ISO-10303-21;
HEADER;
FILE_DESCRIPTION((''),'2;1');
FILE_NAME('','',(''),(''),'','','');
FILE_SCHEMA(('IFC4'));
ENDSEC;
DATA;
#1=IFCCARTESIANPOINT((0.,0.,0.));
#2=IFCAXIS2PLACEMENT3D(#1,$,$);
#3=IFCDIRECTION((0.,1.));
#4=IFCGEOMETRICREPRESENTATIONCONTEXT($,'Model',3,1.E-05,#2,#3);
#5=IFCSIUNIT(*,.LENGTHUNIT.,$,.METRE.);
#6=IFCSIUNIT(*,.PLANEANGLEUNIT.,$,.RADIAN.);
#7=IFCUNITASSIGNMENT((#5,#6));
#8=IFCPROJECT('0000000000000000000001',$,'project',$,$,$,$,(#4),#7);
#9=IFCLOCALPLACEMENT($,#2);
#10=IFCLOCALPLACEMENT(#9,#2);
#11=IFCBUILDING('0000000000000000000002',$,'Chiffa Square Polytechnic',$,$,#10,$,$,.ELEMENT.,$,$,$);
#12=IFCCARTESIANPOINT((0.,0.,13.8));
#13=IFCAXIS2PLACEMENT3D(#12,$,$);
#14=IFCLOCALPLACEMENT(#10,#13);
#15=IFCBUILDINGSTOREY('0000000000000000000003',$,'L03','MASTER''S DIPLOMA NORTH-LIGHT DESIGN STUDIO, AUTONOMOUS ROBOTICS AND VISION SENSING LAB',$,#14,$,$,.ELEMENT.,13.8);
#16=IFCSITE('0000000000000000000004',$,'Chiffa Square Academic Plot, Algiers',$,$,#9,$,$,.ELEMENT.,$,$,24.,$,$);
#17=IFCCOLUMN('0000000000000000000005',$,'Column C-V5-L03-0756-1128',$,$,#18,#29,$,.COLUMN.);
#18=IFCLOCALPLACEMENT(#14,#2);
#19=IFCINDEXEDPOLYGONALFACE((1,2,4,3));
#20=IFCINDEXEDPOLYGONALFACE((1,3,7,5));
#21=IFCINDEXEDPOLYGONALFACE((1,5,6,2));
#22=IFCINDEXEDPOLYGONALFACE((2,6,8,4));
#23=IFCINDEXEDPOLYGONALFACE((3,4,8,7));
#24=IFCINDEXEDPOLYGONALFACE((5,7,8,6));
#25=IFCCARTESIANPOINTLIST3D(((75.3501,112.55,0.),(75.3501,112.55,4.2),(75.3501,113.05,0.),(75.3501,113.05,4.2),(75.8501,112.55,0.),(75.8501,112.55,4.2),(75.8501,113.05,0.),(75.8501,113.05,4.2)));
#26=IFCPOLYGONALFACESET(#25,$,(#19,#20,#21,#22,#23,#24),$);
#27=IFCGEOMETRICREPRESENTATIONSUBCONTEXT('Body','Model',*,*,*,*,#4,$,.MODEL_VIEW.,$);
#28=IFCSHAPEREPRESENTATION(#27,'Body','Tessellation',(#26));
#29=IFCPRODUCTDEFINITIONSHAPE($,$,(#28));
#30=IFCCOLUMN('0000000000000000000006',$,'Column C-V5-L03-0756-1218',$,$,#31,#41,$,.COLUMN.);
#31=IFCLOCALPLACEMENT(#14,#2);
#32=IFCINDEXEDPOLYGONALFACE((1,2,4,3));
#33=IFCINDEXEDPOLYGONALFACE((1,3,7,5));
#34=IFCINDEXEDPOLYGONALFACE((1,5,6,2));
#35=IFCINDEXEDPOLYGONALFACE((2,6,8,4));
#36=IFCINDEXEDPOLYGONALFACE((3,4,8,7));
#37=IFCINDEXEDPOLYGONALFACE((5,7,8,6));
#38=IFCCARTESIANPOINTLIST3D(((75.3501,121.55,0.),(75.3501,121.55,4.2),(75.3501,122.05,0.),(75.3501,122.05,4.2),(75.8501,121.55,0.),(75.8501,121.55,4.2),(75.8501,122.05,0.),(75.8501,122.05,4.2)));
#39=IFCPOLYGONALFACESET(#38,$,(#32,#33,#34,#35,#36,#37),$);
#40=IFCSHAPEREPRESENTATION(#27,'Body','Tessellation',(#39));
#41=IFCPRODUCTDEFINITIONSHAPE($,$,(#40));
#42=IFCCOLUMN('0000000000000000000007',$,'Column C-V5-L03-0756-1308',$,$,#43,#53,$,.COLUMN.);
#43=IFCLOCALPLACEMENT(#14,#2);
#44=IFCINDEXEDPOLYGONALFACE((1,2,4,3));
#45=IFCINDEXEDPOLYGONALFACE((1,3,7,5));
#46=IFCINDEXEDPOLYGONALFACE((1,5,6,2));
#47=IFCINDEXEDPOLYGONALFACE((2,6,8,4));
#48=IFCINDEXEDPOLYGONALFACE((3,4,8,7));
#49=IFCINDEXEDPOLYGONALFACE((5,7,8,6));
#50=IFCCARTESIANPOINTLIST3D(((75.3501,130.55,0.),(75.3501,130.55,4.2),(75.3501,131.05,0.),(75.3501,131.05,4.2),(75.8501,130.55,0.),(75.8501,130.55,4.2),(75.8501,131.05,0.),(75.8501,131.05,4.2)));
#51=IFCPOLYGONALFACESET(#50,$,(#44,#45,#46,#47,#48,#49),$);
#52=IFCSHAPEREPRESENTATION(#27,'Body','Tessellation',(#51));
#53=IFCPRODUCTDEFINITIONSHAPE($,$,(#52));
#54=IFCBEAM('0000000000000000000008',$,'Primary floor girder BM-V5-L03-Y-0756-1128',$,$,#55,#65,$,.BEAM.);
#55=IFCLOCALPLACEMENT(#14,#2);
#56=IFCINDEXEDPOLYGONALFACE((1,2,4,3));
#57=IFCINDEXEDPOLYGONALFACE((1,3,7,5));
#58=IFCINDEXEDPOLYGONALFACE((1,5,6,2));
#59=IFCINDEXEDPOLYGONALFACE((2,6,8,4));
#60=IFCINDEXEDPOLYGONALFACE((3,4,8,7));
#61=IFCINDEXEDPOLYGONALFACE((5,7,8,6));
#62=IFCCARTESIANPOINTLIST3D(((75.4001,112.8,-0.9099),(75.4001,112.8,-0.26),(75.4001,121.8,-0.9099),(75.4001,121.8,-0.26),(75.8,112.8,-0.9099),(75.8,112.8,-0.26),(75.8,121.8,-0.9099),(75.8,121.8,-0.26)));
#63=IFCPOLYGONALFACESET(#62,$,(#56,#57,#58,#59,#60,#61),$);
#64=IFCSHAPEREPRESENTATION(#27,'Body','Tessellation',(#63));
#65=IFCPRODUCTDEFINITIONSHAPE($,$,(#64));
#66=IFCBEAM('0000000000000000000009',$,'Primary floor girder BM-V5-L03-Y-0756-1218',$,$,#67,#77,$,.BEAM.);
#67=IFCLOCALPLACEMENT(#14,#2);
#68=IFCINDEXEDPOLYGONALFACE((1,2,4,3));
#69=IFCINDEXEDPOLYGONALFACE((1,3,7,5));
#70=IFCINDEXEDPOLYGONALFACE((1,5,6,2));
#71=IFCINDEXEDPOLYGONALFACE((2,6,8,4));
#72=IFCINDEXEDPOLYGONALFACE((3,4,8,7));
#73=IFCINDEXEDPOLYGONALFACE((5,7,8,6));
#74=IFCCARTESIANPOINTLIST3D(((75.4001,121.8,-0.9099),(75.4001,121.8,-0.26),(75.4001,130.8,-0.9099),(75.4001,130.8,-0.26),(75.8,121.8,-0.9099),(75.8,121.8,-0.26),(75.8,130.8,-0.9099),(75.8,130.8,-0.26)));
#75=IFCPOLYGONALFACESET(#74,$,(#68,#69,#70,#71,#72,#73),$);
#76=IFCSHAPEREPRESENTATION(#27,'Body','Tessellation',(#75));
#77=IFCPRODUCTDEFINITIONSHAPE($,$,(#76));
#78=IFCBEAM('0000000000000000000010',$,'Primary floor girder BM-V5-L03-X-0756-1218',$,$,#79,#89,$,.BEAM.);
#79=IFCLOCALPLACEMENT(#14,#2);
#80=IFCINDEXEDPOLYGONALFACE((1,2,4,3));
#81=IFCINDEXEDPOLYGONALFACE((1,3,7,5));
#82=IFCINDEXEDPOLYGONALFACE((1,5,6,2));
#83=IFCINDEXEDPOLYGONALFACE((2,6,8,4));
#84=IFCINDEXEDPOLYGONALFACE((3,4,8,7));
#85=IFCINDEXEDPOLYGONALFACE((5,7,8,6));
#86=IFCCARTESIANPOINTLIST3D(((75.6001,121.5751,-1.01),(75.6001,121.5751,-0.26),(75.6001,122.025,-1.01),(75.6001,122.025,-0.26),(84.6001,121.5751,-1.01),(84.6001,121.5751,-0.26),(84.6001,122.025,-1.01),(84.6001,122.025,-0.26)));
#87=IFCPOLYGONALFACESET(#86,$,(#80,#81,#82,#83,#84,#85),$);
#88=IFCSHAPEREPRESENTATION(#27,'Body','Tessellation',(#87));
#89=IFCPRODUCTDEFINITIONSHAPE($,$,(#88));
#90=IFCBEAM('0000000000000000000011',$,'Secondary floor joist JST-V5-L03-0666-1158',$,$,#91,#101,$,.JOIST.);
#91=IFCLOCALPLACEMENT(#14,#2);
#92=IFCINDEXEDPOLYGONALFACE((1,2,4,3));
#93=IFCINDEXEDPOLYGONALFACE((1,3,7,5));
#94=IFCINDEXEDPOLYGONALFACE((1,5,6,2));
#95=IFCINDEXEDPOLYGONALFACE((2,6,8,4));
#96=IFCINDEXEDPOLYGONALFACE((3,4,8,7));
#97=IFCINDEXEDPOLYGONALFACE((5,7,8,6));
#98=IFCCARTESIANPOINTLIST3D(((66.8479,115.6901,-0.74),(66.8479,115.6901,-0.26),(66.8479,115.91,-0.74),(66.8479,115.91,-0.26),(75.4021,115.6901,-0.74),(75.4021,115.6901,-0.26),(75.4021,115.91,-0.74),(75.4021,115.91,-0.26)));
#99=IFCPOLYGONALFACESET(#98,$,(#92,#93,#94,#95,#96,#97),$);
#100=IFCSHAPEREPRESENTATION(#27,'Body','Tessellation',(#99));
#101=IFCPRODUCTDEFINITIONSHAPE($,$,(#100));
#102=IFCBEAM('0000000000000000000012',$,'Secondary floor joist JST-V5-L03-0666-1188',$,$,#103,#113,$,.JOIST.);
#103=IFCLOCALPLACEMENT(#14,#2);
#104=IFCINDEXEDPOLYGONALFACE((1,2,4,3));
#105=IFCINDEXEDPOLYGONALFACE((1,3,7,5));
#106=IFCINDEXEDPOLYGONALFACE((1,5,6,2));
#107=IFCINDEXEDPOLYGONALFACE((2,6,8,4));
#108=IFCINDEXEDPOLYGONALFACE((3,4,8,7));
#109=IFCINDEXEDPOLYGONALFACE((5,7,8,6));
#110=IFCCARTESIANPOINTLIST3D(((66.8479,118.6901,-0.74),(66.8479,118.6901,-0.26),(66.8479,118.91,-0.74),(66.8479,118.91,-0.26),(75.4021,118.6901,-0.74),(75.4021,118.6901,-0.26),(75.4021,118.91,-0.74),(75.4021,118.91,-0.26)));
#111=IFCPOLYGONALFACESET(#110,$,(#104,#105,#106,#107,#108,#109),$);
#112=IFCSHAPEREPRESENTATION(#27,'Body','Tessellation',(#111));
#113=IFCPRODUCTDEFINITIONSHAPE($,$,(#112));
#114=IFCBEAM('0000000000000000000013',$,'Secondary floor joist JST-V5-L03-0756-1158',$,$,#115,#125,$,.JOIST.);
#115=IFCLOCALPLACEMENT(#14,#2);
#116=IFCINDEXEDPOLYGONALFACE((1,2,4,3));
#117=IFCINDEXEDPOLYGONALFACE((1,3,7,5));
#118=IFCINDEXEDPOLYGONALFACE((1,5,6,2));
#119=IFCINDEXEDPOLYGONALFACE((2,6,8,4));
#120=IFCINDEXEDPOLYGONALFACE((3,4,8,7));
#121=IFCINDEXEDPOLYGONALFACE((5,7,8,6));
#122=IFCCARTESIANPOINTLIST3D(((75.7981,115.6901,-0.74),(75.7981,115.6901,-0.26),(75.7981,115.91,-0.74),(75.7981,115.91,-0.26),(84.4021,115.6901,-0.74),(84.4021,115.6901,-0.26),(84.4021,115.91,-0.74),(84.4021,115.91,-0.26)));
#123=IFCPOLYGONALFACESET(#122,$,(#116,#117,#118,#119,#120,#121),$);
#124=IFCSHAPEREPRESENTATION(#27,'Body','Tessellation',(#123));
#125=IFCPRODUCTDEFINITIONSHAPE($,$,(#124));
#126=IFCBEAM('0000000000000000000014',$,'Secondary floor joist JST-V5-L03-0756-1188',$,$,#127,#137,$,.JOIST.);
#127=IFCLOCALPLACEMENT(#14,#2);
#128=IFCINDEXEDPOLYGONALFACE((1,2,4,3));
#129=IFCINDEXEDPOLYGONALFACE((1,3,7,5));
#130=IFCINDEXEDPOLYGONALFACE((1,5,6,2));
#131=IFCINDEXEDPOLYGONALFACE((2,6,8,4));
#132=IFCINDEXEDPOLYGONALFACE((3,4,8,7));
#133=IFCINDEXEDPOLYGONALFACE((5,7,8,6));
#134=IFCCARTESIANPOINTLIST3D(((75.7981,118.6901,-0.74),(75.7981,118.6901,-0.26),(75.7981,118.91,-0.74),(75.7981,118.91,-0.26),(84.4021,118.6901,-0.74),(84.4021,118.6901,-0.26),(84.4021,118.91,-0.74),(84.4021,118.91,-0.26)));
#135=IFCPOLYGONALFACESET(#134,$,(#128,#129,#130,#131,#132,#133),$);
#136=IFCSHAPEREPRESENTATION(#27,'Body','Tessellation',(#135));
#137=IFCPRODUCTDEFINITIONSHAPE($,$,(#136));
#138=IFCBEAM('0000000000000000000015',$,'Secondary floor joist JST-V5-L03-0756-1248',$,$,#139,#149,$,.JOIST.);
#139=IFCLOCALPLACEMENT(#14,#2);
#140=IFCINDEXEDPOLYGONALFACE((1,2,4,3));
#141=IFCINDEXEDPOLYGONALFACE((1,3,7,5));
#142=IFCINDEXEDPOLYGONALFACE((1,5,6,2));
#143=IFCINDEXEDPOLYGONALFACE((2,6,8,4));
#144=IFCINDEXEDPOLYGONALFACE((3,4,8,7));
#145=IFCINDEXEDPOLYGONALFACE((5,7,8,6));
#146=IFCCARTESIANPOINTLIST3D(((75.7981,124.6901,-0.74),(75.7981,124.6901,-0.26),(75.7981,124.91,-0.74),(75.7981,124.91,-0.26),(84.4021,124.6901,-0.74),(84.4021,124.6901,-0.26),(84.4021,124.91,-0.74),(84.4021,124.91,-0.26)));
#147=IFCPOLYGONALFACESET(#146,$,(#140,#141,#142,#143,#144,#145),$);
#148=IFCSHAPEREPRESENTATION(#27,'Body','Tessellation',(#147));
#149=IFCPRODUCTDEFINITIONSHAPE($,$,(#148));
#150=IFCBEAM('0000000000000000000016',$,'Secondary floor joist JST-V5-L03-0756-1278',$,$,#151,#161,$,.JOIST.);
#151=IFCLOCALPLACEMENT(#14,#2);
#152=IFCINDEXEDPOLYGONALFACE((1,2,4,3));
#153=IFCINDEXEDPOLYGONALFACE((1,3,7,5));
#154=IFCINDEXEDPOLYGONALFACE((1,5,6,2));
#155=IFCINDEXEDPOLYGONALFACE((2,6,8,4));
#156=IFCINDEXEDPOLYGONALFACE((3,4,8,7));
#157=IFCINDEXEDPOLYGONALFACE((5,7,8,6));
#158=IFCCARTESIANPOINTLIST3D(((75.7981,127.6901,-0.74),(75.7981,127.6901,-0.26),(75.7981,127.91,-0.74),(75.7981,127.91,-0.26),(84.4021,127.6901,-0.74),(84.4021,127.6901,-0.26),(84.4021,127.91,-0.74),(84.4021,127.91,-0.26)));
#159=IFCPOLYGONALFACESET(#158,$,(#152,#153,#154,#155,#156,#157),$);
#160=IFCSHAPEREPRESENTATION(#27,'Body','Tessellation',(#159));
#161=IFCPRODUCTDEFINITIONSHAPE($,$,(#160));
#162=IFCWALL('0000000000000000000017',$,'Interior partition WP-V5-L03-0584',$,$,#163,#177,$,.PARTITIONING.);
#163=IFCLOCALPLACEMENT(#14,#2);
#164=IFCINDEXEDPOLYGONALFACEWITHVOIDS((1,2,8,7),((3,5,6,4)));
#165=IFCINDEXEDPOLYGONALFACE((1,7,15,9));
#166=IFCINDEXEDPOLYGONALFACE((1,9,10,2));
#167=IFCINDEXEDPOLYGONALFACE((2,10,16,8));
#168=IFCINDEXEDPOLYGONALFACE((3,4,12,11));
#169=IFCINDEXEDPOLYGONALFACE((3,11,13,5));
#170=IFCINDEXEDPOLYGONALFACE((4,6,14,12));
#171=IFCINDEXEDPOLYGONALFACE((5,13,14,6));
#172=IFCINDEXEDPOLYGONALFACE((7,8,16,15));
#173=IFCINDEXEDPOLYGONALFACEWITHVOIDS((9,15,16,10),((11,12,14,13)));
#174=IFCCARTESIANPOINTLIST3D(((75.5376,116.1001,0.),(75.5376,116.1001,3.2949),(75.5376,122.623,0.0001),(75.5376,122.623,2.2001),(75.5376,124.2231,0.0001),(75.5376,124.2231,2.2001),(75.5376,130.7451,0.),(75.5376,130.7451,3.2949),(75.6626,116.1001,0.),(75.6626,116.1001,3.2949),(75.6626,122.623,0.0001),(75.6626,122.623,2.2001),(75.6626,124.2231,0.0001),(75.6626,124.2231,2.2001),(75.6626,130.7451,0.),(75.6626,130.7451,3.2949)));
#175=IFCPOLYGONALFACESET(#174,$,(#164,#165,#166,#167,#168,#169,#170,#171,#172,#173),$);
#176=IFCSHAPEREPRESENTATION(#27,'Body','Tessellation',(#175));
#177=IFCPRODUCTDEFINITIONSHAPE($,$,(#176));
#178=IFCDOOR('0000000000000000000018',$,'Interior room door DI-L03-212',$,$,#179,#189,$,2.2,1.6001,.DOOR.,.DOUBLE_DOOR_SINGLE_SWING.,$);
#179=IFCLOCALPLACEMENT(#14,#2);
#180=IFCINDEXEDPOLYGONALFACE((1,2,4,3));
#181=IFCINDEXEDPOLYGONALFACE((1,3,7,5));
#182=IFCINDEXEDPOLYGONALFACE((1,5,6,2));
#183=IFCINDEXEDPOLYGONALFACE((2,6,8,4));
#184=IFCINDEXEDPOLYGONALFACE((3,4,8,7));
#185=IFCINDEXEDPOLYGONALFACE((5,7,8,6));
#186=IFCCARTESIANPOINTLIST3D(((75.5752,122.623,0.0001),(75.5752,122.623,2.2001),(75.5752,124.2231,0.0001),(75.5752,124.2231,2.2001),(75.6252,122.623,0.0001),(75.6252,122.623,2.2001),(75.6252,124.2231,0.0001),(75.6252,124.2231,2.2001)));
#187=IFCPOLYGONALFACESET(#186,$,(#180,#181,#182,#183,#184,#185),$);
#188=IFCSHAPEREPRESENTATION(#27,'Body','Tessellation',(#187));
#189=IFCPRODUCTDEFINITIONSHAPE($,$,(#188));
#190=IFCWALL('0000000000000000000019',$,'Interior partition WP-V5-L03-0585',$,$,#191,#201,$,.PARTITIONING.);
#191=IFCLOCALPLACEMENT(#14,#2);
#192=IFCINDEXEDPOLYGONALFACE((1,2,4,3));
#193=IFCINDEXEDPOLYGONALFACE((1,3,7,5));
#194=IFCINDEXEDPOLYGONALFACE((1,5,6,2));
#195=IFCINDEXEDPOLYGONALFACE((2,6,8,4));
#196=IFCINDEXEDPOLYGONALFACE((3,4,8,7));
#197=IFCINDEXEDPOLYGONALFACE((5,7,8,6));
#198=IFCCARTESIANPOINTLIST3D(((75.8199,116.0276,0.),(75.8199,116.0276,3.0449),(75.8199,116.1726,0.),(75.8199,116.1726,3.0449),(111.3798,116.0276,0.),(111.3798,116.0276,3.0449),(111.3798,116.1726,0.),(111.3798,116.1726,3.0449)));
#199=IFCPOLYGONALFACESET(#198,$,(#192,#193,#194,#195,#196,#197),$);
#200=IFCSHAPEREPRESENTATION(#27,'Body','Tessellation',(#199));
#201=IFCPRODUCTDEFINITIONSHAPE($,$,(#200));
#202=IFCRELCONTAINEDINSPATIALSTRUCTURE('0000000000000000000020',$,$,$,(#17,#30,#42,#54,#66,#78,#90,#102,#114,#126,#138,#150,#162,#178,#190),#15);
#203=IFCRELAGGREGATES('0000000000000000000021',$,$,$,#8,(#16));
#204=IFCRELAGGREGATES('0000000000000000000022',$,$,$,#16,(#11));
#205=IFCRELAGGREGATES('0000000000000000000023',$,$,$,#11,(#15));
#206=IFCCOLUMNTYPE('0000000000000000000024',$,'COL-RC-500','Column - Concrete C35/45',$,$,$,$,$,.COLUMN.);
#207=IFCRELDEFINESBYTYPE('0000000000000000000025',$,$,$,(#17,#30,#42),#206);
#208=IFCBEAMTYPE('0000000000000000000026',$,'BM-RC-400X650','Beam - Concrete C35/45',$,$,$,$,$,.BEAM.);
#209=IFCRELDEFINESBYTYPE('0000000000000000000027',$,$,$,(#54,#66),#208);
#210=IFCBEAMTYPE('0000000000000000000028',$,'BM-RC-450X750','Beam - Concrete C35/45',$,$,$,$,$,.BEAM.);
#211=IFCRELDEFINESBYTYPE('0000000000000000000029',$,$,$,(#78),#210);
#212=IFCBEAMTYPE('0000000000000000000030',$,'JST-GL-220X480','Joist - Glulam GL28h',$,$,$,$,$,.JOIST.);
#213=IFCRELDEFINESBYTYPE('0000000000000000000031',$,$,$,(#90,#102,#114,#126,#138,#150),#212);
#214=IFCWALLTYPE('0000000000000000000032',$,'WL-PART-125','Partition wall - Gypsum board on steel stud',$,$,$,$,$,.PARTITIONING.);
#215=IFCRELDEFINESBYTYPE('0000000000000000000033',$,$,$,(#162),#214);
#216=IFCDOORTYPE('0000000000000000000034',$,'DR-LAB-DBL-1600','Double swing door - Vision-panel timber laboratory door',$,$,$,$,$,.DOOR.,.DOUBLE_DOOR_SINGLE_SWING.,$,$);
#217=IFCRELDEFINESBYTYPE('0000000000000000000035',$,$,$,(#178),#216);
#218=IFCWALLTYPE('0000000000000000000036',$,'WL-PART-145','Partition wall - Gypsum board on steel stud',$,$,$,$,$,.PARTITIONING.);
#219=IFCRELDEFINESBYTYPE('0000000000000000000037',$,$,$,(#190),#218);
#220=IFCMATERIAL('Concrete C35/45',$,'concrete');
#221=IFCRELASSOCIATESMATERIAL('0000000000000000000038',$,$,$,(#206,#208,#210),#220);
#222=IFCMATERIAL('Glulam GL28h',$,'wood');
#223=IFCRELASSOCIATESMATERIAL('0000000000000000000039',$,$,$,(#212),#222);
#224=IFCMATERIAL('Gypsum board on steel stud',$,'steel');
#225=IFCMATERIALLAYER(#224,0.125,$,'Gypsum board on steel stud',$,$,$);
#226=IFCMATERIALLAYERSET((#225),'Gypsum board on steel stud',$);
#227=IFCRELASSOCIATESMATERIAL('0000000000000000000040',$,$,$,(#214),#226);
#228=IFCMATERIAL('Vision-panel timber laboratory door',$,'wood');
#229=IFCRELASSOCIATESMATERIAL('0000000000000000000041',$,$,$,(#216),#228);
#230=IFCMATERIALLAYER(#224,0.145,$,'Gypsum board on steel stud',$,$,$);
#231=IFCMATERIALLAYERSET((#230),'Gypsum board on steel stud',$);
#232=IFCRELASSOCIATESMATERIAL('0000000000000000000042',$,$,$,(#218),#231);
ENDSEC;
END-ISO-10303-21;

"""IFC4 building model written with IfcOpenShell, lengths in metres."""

from ifc_helpers import new_model, si_unit, direction, frame, frame_2d, origin, origin_2d, place, context, subcontext, project, spatial, rectangle, extrude, material, layer, layer_set, material_profile, profile_set, type_object, element, fill, save


model = new_model("IFC4")

# Units and contexts
model_context = context("Model", 3, precision=1e-05, world=origin(), true_north=direction((0.0, 1.0)))
body_context = subcontext(model_context, "Body", "Model", "MODEL_VIEW")
ifc_project = project(units=[si_unit("LENGTHUNIT", "METRE"), si_unit("PLANEANGLEUNIT", "RADIAN")], contexts=[model_context])

# Site, building, storey
site_placement = place(None, origin())
site = spatial("IfcSite", under=ifc_project, at=site_placement, Name="Chiffa Square Academic Plot, Algiers", CompositionType="ELEMENT", RefElevation=24.0)
building_placement = place(site_placement, origin())
building = spatial("IfcBuilding", under=site, at=building_placement, Name="Chiffa Square Polytechnic", CompositionType="ELEMENT")
storey_placement = place(building_placement, frame((0.0, 0.0, 13.8)))
storey = spatial("IfcBuildingStorey", under=building, at=storey_placement, Name="L03", Description="MASTER'S DIPLOMA NORTH-LIGHT DESIGN STUDIO, AUTONOMOUS ROBOTICS AND VISION SENSING LAB", CompositionType="ELEMENT", Elevation=13.8)

# Columns
ifc_material_1 = material(Name="Concrete C35/45", Category="concrete")
ifc_material_profile_1 = material_profile(ifc_material_1, rectangle(XDim=0.5, YDim=0.5, at=origin_2d()), Name="RC 500x500")
ifc_profile_set_1 = profile_set([ifc_material_profile_1], Name="Concrete C35/45")
column_type = type_object("IfcColumnType", Name="COL-RC-500", Description="Column - Concrete C35/45", PredefinedType="COLUMN", material=ifc_profile_set_1)
for number, where, z_axis, x_axis, name in (
    (1, (75.6001, 112.8, 0.0), (0.0, 0.0, 1.0), (1.0, 0.0, 0.0), "Column C-V5-L03-0756-1128"),
    (2, (75.6001, 121.8, 0.0), (0.0, 0.0, 1.0), (1.0, 0.0, 0.0), "Column C-V5-L03-0756-1218"),
    (3, (75.6001, 130.8, 0.0), (0.0, 0.0, 1.0), (1.0, 0.0, 0.0), "Column C-V5-L03-0756-1308"),
):
    element("IfcColumn", number, at=place(storey_placement, frame(where, z_axis=z_axis, x_axis=x_axis)), inside=storey, type_object=column_type, Name=name, PredefinedType="COLUMN", context=body_context, shape_type="SweptSolid", body=[
        extrude(rectangle(XDim=0.5, YDim=0.5, at=origin_2d()), origin(), (0.0, 0.0, 1.0), 4.2),
    ])

# Beams
ifc_material_profile_2 = material_profile(ifc_material_1, rectangle(XDim=0.3999, YDim=0.6499, at=origin_2d()), Name="RC 400x650")
ifc_profile_set_2 = profile_set([ifc_material_profile_2], Name="Concrete C35/45")
beam_type_1 = type_object("IfcBeamType", Name="BM-RC-400X650", Description="Beam - Concrete C35/45", PredefinedType="BEAM", material=ifc_profile_set_2)
for number, where, z_axis, x_axis, name in (
    (4, (75.6001, 112.8, -0.585), (0.0, 1.0, 0.0), (-1.0, 0.0, 0.0), "Primary floor girder BM-V5-L03-Y-0756-1128"),
    (5, (75.6001, 121.8, -0.585), (0.0, 1.0, 0.0), (-1.0, 0.0, 0.0), "Primary floor girder BM-V5-L03-Y-0756-1218"),
):
    element("IfcBeam", number, at=place(storey_placement, frame(where, z_axis=z_axis, x_axis=x_axis)), inside=storey, type_object=beam_type_1, Name=name, PredefinedType="BEAM", context=body_context, shape_type="SweptSolid", body=[
        extrude(rectangle(XDim=0.3999, YDim=0.6499, at=origin_2d()), origin(), (0.0, 0.0, 1.0), 9.0),
    ])
ifc_material_profile_3 = material_profile(ifc_material_1, rectangle(XDim=0.45, YDim=0.75, at=origin_2d()), Name="RC 450x750")
ifc_profile_set_3 = profile_set([ifc_material_profile_3], Name="Concrete C35/45")
beam_type_2 = type_object("IfcBeamType", Name="BM-RC-450X750", Description="Beam - Concrete C35/45", PredefinedType="BEAM", material=ifc_profile_set_3)
beam_placement = place(storey_placement, frame((75.6001, 121.8, -0.635), z_axis=(1.0, 0.0, 0.0), x_axis=(0.0, 1.0, 0.0)))
element("IfcBeam", 6, at=beam_placement, inside=storey, type_object=beam_type_2, Name="Primary floor girder BM-V5-L03-X-0756-1218", PredefinedType="BEAM", context=body_context, shape_type="SweptSolid", body=[
    extrude(rectangle(XDim=0.45, YDim=0.75, at=origin_2d()), origin(), (0.0, 0.0, 1.0), 9.0),
])
ifc_material_2 = material(Name="Glulam GL28h", Category="wood")
ifc_material_profile_4 = material_profile(ifc_material_2, rectangle(XDim=0.22, YDim=0.48, at=origin_2d()), Name="GL28h 220x480")
ifc_profile_set_4 = profile_set([ifc_material_profile_4], Name="Glulam GL28h")
beam_type_3 = type_object("IfcBeamType", Name="JST-GL-220X480", Description="Joist - Glulam GL28h", PredefinedType="JOIST", material=ifc_profile_set_4)
for number, where, z_axis, x_axis, name in (
    (7, (66.8479, 115.8, -0.5), (1.0, 0.0, 0.0), (0.0, 1.0, 0.0), "Secondary floor joist JST-V5-L03-0666-1158"),
    (8, (66.8479, 118.8, -0.5), (1.0, 0.0, 0.0), (0.0, 1.0, 0.0), "Secondary floor joist JST-V5-L03-0666-1188"),
):
    element("IfcBeam", number, at=place(storey_placement, frame(where, z_axis=z_axis, x_axis=x_axis)), inside=storey, type_object=beam_type_3, Name=name, PredefinedType="JOIST", context=body_context, shape_type="SweptSolid", body=[
        extrude(rectangle(XDim=0.22, YDim=0.48, at=origin_2d()), origin(), (0.0, 0.0, 1.0), 8.5542),
    ])
for number, where, z_axis, x_axis, name in (
    (9, (75.7981, 115.8, -0.5), (1.0, 0.0, 0.0), (0.0, 1.0, 0.0), "Secondary floor joist JST-V5-L03-0756-1158"),
    (10, (75.7981, 118.8, -0.5), (1.0, 0.0, 0.0), (0.0, 1.0, 0.0), "Secondary floor joist JST-V5-L03-0756-1188"),
    (11, (75.7981, 124.8, -0.5), (1.0, 0.0, 0.0), (0.0, 1.0, 0.0), "Secondary floor joist JST-V5-L03-0756-1248"),
    (12, (75.7981, 127.8, -0.5), (1.0, 0.0, 0.0), (0.0, 1.0, 0.0), "Secondary floor joist JST-V5-L03-0756-1278"),
):
    element("IfcBeam", number, at=place(storey_placement, frame(where, z_axis=z_axis, x_axis=x_axis)), inside=storey, type_object=beam_type_3, Name=name, PredefinedType="JOIST", context=body_context, shape_type="SweptSolid", body=[
        extrude(rectangle(XDim=0.22, YDim=0.48, at=origin_2d()), origin(), (0.0, 0.0, 1.0), 8.604),
    ])

# Wall, opening, door
ifc_material_3 = material(Name="Gypsum board on steel stud", Category="steel")
ifc_layer_1 = layer(ifc_material_3, 0.125, Name="Gypsum board on steel stud")
ifc_layer_set_1 = layer_set([ifc_layer_1], Name="Gypsum board on steel stud")
wall_type_1 = type_object("IfcWallType", Name="WL-PART-125", Description="Partition wall - Gypsum board on steel stud", PredefinedType="PARTITIONING", material=ifc_layer_set_1)
wall_1_placement = place(storey_placement, frame((75.6001, 116.1001, 0.0), z_axis=(0.0, 0.0, 1.0), x_axis=(0.0, 1.0, 0.0)))
wall_1 = element("IfcWall", 13, at=wall_1_placement, inside=storey, type_object=wall_type_1, Name="Interior partition WP-V5-L03-0584", PredefinedType="PARTITIONING", context=body_context, shape_type="SweptSolid", body=[
    extrude(rectangle(XDim=14.645, YDim=0.125, at=frame_2d((7.3225, 0.0))), origin(), (0.0, 0.0, 1.0), 3.2949),
])
opening_1_placement = place(wall_1_placement, frame((6.5229, 0.0, 0.0)))
opening_1 = element("IfcOpeningElement", 14, at=opening_1_placement, cuts=wall_1, PredefinedType="OPENING", context=body_context, shape_type="SweptSolid", body=[
    extrude(rectangle(XDim=1.6001, YDim=2.2, at=frame_2d((0.8, 1.1001))), frame((0.0, 0.0725, 0.0), z_axis=(0.0, -1.0, 0.0), x_axis=(1.0, 0.0, 0.0)), (0.0, 0.0, 1.0), 0.145),
])
ifc_material_4 = material(Name="Vision-panel timber laboratory door", Category="wood")
door_type_1 = type_object("IfcDoorType", Name="DR-LAB-DBL-1600", Description="Double swing door - Vision-panel timber laboratory door", OperationType="DOUBLE_DOOR_SINGLE_SWING", PredefinedType="DOOR", material=ifc_material_4)
door_1_placement = place(opening_1_placement, origin())
door_1 = element("IfcDoor", 15, at=door_1_placement, inside=storey, type_object=door_type_1, Name="Interior room door DI-L03-212", OperationType="DOUBLE_DOOR_SINGLE_SWING", OverallHeight=2.2, OverallWidth=1.6001, PredefinedType="DOOR", context=body_context, shape_type="SweptSolid", body=[
    extrude(rectangle(XDim=1.6001, YDim=2.2, at=frame_2d((0.8, 1.1001))), frame((0.0, 0.0249, 0.0), z_axis=(0.0, -1.0, 0.0), x_axis=(1.0, 0.0, 0.0)), (0.0, 0.0, 1.0), 0.05),
])
fill(opening_1, door_1)

# Wall
ifc_layer_2 = layer(ifc_material_3, 0.145, Name="Gypsum board on steel stud")
ifc_layer_set_2 = layer_set([ifc_layer_2], Name="Gypsum board on steel stud")
wall_type_2 = type_object("IfcWallType", Name="WL-PART-145", Description="Partition wall - Gypsum board on steel stud", PredefinedType="PARTITIONING", material=ifc_layer_set_2)
wall_2_placement = place(storey_placement, frame((75.8201, 116.1001, 0.0), z_axis=(0.0, 0.0, 1.0), x_axis=(1.0, 0.0, 0.0)))
element("IfcWall", 16, at=wall_2_placement, inside=storey, type_object=wall_type_2, Name="Interior partition WP-V5-L03-0585", PredefinedType="PARTITIONING", context=body_context, shape_type="SweptSolid", body=[
    extrude(rectangle(XDim=35.5598, YDim=0.145, at=frame_2d((17.7798, 0.0))), origin(), (0.0, 0.0, 1.0), 3.0449),
])

save(model, "model.ifc")
